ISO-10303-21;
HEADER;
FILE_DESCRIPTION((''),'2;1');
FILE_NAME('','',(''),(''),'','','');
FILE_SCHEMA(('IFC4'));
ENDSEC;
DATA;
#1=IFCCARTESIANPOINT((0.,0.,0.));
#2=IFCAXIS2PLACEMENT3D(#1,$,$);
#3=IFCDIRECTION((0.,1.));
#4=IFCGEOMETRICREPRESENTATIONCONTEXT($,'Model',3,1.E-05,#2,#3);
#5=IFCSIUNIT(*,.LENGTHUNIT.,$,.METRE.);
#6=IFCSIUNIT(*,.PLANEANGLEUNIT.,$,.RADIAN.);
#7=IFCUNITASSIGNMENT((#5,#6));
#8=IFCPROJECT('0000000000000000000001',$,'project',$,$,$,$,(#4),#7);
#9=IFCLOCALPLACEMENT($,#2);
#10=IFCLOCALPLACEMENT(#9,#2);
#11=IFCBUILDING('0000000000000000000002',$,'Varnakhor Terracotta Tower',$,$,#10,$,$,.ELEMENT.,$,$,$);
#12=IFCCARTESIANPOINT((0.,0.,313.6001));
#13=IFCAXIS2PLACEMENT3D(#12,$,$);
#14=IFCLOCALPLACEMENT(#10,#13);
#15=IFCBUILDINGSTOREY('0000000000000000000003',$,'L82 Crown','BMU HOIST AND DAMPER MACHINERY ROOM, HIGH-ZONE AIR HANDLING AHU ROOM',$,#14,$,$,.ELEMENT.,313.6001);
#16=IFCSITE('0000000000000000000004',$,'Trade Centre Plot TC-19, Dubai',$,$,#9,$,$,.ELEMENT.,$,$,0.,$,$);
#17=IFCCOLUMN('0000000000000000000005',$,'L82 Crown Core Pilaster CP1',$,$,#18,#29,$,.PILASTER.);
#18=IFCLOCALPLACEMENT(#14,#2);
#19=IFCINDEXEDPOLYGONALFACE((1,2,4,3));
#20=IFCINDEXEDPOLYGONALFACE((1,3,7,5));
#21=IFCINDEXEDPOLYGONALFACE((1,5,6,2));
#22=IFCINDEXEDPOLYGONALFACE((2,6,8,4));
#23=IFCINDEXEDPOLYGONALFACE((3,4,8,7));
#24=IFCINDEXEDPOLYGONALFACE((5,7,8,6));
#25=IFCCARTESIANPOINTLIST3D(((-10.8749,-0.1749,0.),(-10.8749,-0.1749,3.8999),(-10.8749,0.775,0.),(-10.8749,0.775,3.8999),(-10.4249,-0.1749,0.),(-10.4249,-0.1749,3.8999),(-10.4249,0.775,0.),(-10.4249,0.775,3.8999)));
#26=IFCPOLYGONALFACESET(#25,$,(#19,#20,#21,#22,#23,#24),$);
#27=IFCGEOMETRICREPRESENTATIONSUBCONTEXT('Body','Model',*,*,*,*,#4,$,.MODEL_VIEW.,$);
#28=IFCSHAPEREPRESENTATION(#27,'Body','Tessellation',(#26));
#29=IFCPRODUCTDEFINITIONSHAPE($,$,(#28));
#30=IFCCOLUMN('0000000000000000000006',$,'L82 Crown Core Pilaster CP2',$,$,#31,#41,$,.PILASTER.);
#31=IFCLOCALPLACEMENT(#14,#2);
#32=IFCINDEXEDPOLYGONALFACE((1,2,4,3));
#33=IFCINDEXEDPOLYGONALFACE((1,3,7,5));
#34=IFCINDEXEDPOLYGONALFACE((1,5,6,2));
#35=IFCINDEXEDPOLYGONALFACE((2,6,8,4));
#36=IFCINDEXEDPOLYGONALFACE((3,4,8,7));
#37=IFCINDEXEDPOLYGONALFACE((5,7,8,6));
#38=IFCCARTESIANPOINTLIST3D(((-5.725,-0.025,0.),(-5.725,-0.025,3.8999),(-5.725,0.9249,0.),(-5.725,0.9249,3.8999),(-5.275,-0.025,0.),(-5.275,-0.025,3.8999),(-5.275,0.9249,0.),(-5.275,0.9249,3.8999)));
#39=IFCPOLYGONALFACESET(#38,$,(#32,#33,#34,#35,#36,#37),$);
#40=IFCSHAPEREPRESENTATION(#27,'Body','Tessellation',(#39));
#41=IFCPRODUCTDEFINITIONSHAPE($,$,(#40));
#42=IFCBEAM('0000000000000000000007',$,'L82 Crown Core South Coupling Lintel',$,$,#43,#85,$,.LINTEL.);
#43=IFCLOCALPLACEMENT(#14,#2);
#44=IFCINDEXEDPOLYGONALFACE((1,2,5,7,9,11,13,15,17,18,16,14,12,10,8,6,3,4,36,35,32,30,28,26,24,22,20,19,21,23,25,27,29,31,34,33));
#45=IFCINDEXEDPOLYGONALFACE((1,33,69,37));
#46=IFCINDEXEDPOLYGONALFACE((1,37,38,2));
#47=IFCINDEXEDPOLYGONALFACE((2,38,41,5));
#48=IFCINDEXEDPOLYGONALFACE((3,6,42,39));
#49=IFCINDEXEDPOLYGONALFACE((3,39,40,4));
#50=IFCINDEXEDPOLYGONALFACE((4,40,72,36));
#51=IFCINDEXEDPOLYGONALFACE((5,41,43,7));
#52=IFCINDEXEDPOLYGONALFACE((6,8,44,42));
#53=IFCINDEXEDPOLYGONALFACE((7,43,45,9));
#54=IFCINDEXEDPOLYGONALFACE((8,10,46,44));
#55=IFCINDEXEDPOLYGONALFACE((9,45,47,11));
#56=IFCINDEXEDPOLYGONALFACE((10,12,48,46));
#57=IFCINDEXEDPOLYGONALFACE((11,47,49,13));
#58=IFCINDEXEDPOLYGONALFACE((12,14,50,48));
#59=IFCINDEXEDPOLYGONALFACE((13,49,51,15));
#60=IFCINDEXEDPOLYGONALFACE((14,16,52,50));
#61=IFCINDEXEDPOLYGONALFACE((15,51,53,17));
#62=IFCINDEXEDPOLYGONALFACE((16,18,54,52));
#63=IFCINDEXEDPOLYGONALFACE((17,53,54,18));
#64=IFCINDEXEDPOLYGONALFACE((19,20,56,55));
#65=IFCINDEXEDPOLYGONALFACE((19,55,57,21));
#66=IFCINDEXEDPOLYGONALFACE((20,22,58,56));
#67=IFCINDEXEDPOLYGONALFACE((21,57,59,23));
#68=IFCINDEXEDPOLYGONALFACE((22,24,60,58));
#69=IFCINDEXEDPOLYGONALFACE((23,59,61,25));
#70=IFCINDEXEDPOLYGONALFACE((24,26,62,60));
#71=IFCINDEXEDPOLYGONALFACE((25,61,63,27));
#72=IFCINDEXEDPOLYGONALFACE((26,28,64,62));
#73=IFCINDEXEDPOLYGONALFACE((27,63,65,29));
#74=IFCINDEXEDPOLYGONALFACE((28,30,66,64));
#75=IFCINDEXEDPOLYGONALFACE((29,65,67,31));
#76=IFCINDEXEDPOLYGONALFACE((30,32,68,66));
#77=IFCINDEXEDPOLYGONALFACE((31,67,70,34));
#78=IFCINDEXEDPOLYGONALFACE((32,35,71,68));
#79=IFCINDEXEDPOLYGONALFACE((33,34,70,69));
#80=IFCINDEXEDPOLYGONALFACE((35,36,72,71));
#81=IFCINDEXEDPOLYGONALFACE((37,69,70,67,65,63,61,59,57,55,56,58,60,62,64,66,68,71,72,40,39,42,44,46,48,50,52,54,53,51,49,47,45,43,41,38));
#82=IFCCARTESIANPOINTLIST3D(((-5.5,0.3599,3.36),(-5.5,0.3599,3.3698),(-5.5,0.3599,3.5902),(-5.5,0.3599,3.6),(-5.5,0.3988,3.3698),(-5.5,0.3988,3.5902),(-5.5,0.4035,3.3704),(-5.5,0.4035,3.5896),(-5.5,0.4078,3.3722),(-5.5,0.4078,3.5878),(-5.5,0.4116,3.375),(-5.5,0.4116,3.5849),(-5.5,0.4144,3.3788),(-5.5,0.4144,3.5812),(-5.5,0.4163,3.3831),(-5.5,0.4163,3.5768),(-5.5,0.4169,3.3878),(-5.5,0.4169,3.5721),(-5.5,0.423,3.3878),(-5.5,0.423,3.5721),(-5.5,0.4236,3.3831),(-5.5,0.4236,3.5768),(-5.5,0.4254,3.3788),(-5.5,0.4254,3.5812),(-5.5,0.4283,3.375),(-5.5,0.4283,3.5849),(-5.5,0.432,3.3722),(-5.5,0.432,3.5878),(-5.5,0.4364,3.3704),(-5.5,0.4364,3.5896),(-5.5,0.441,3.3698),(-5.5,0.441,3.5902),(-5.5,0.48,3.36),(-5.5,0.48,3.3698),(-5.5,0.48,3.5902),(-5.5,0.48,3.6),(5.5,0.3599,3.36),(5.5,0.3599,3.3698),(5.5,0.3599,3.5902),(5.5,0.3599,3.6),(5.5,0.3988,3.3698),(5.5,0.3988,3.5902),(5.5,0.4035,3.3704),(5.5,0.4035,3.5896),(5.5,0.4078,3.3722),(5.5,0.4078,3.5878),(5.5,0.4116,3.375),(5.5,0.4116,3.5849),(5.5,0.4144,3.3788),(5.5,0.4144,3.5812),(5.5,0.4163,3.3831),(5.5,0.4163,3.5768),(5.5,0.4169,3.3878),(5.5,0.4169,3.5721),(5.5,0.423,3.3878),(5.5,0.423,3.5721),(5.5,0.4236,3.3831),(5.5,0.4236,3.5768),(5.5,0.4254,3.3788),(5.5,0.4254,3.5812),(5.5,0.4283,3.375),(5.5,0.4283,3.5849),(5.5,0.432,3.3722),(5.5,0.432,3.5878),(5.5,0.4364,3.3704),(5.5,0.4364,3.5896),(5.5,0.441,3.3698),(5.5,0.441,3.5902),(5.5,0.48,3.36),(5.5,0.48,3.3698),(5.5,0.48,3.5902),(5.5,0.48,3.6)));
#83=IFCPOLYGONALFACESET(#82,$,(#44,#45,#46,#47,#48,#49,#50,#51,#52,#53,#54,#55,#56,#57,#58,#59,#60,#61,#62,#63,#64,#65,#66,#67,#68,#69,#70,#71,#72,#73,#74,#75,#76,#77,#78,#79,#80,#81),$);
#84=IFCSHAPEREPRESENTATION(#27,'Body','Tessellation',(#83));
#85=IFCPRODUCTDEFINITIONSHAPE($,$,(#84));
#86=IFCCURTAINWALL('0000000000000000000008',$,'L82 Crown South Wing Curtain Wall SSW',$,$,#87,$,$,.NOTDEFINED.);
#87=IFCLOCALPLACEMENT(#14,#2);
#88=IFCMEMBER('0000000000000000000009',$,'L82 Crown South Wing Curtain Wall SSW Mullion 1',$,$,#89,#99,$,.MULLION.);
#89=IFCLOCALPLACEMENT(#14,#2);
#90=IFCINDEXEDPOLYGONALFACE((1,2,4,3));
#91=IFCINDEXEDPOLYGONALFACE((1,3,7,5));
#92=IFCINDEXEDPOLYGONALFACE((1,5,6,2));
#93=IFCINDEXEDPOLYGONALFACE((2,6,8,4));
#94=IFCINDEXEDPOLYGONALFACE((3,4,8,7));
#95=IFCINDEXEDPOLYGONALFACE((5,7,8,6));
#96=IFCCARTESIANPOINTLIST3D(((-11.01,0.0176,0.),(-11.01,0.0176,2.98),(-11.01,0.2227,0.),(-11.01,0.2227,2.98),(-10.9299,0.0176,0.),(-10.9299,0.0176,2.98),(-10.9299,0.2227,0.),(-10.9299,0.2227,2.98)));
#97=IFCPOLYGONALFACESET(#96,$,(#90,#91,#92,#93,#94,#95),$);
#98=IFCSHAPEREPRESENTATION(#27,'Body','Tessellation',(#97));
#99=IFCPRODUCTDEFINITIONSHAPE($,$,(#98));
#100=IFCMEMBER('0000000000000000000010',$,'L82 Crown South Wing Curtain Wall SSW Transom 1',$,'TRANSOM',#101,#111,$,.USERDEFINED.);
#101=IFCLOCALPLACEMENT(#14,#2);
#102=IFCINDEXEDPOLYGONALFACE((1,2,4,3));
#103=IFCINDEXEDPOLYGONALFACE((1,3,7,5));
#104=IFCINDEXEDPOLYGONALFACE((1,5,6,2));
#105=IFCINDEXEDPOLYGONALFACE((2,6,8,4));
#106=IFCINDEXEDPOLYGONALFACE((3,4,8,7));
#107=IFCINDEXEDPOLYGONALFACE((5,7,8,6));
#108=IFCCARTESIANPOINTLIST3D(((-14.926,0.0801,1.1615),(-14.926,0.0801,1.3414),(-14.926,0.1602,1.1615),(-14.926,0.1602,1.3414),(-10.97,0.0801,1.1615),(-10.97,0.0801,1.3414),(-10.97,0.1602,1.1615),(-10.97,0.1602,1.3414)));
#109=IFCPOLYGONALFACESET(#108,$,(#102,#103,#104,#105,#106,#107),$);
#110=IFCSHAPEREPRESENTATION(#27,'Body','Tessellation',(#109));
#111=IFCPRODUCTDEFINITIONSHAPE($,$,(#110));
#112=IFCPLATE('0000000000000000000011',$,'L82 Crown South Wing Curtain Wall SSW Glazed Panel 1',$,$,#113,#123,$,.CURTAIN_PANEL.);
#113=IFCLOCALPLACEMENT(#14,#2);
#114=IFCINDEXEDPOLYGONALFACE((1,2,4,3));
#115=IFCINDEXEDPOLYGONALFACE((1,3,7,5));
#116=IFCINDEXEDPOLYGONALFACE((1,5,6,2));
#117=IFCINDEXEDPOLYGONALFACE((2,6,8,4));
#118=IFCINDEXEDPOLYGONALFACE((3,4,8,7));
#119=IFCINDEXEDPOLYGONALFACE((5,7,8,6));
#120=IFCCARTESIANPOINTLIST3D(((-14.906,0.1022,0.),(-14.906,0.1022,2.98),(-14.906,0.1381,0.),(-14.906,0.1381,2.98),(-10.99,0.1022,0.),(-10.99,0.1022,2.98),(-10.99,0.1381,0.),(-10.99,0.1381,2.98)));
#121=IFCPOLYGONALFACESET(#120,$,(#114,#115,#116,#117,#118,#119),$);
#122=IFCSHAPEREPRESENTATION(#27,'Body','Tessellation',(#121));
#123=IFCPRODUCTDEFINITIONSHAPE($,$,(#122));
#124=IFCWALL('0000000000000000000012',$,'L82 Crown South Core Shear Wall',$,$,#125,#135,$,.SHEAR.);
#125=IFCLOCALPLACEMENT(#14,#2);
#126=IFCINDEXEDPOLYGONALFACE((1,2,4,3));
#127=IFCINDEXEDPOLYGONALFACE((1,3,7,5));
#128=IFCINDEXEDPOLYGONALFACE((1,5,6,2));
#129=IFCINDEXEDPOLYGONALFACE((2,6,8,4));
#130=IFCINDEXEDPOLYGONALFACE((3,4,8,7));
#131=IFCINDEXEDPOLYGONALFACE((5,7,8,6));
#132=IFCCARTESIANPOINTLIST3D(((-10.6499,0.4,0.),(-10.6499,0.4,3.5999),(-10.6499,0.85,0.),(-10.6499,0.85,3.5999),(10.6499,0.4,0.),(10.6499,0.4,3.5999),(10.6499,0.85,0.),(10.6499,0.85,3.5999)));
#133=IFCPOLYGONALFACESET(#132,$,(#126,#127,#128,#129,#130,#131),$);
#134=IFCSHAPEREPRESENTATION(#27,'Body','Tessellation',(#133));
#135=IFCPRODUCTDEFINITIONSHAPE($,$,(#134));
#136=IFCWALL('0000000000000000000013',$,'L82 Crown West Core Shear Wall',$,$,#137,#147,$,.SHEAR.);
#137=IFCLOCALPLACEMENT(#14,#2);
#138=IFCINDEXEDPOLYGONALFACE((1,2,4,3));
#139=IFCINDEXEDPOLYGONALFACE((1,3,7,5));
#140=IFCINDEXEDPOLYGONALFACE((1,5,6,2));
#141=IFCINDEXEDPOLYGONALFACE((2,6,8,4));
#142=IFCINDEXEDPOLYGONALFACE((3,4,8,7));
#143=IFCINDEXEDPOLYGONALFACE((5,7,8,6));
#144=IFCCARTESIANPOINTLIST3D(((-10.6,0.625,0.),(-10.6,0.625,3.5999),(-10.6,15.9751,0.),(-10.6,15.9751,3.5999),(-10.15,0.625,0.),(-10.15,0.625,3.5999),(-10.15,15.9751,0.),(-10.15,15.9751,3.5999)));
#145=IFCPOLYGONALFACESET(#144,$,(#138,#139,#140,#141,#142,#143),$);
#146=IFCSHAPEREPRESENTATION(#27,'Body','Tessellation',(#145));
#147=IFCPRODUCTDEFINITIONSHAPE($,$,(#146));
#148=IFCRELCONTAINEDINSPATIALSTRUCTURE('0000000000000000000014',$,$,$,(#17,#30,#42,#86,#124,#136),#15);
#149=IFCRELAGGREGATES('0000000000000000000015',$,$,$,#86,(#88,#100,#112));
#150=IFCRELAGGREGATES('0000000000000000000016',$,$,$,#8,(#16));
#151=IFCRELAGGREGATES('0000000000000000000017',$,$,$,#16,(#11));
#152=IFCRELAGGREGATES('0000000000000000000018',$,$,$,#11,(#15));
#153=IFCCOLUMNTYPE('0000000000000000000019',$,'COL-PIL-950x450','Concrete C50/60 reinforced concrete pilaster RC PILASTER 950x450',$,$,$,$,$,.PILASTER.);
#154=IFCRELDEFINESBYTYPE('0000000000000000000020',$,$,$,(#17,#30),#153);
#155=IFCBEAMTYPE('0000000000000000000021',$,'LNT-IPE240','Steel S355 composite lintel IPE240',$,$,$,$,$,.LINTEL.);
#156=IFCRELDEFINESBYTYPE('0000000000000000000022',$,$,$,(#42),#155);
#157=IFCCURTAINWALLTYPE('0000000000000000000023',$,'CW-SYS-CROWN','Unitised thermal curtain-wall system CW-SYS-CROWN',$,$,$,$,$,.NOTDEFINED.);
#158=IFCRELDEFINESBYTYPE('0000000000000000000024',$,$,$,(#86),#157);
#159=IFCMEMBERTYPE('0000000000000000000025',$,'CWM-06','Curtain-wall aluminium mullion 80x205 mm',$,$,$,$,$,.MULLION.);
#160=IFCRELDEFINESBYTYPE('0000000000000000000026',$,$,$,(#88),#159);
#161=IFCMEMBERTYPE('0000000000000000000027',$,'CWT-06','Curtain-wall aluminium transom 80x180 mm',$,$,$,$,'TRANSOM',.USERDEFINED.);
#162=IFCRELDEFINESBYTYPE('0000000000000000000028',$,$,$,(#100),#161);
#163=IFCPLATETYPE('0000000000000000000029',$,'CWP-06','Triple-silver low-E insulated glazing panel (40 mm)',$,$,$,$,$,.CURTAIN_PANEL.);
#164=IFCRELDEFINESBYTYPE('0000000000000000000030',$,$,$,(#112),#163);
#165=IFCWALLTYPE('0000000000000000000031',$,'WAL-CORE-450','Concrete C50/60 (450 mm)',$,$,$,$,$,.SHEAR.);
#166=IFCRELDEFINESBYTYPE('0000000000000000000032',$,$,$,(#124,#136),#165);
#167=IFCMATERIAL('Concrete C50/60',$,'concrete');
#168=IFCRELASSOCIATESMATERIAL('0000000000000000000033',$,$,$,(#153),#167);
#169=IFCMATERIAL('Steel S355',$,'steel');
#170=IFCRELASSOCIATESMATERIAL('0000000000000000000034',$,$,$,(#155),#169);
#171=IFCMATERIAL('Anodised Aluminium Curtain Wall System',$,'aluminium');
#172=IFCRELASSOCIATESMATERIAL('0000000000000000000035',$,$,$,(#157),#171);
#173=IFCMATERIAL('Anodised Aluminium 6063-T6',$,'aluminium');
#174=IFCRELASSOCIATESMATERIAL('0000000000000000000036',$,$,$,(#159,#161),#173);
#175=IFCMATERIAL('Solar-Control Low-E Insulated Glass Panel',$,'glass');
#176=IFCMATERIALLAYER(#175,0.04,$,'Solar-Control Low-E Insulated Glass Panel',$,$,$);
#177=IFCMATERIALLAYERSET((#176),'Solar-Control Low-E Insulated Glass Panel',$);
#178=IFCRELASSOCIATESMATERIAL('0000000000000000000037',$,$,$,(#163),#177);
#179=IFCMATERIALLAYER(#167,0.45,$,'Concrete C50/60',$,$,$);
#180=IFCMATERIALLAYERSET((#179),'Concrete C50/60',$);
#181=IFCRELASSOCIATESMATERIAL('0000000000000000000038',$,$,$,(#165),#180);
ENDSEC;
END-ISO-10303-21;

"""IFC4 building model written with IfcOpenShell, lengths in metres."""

from ifc_helpers import new_model, si_unit, direction, frame, frame_2d, origin, origin_2d, place, context, subcontext, project, spatial, rectangle, i_section, extrude, source, transform, mapped, material, layer, layer_set, material_profile, profile_set, type_object, type_shapes, element, aggregate, save


model = new_model("IFC4")

# Units and contexts
model_context = context("Model", 3, precision=1e-05, world=origin(), true_north=direction((0.0, 1.0)))
body_context = subcontext(model_context, "Body", "Model", "MODEL_VIEW")
ifc_project = project(units=[si_unit("LENGTHUNIT", "METRE"), si_unit("PLANEANGLEUNIT", "RADIAN")], contexts=[model_context])

# Site, building, storey
site_placement = place(None, origin())
site = spatial("IfcSite", under=ifc_project, at=site_placement, Name="Trade Centre Plot TC-19, Dubai", CompositionType="ELEMENT", RefElevation=0.0)
building_placement = place(site_placement, origin())
building = spatial("IfcBuilding", under=site, at=building_placement, Name="Varnakhor Terracotta Tower", CompositionType="ELEMENT")
storey_placement = place(building_placement, frame((0.0, 0.0, 313.6001)))
storey = spatial("IfcBuildingStorey", under=building, at=storey_placement, Name="L82 Crown", Description="BMU HOIST AND DAMPER MACHINERY ROOM, HIGH-ZONE AIR HANDLING AHU ROOM", CompositionType="ELEMENT", Elevation=313.6001)

# Columns
ifc_material_1 = material(Name="Concrete C50/60", Category="concrete")
ifc_material_profile_1 = material_profile(ifc_material_1, rectangle(XDim=0.45, YDim=0.95, at=origin_2d()), Name="RC PILASTER 950x450")
ifc_profile_set_1 = profile_set([ifc_material_profile_1], Name="Concrete C50/60")
column_type = type_object("IfcColumnType", Name="COL-PIL-950x450", Description="Concrete C50/60 reinforced concrete pilaster RC PILASTER 950x450", PredefinedType="PILASTER", material=ifc_profile_set_1)
shared_shape_1 = source(origin(), body_context, "Body", "SweptSolid", [
    extrude(rectangle(XDim=0.45, YDim=0.95, at=origin_2d()), origin(), (0.0, 0.0, 1.0), 3.8999),
])
for number, where, z_axis, x_axis, name in (
    (1, (-10.6499, 0.3, 0.0), (0.0, 0.0, 1.0), (1.0, 0.0, 0.0), "L82 Crown Core Pilaster CP1"),
    (2, (-5.5, 0.45, 0.0), (0.0, 0.0, 1.0), (1.0, 0.0, 0.0), "L82 Crown Core Pilaster CP2"),
):
    element("IfcColumn", number, at=place(storey_placement, frame(where, z_axis=z_axis, x_axis=x_axis)), inside=storey, type_object=column_type, Name=name, PredefinedType="PILASTER", context=body_context, shape_type="MappedRepresentation", body=[
        mapped(shared_shape_1, transform((0.0, 0.0, 0.0), scale=1.0)),
    ])

# Beam
ifc_material_2 = material(Name="Steel S355", Category="steel")
ifc_material_profile_2 = material_profile(ifc_material_2, i_section(OverallWidth=0.1201, OverallDepth=0.24, WebThickness=0.0061, FlangeThickness=0.0098, FilletRadius=0.0181, at=origin_2d()), Name="IPE240")
ifc_profile_set_2 = profile_set([ifc_material_profile_2], Name="Steel S355")
beam_type = type_object("IfcBeamType", Name="LNT-IPE240", Description="Steel S355 composite lintel IPE240", PredefinedType="LINTEL", material=ifc_profile_set_2)
shared_shape_2 = source(origin(), body_context, "Body", "SweptSolid", [
    extrude(i_section(OverallWidth=0.1201, OverallDepth=0.24, WebThickness=0.0061, FlangeThickness=0.0098, FilletRadius=0.0181, at=origin_2d()), origin(), (0.0, 0.0, 1.0), 11.0),
])
type_shapes(beam_type, [shared_shape_2])
beam_placement = place(storey_placement, frame((-5.5, 0.4199, 3.48), z_axis=(1.0, 0.0, 0.0), x_axis=(0.0, 1.0, 0.0)))
element("IfcBeam", 3, at=beam_placement, inside=storey, type_object=beam_type, Name="L82 Crown Core South Coupling Lintel", PredefinedType="LINTEL", context=body_context, shape_type="MappedRepresentation", body=[
    mapped(shared_shape_2, transform((0.0, 0.0, 0.0), scale=1.0)),
])

# Curtain wall, members, plate
ifc_material_3 = material(Name="Anodised Aluminium Curtain Wall System", Category="aluminium")
curtain_wall_type = type_object("IfcCurtainWallType", Name="CW-SYS-CROWN", Description="Unitised thermal curtain-wall system CW-SYS-CROWN", PredefinedType="NOTDEFINED", material=ifc_material_3)
curtain_wall_placement = place(storey_placement, origin())
curtain_wall = element("IfcCurtainWall", 4, at=curtain_wall_placement, inside=storey, type_object=curtain_wall_type, Name="L82 Crown South Wing Curtain Wall SSW", PredefinedType="NOTDEFINED")
ifc_material_4 = material(Name="Anodised Aluminium 6063-T6", Category="aluminium")
ifc_material_profile_3 = material_profile(ifc_material_4, rectangle(XDim=0.0801, YDim=0.2051, at=origin_2d()), Name="ALU MULLION 80x205")
ifc_profile_set_3 = profile_set([ifc_material_profile_3], Name="Anodised Aluminium 6063-T6")
member_type_1 = type_object("IfcMemberType", Name="CWM-06", Description="Curtain-wall aluminium mullion 80x205 mm", PredefinedType="MULLION", material=ifc_profile_set_3)
shared_shape_3 = source(origin(), body_context, "Body", "SweptSolid", [
    extrude(rectangle(XDim=0.0801, YDim=0.2051, at=origin_2d()), origin(), (0.0, 0.0, 1.0), 2.98),
])
type_shapes(member_type_1, [shared_shape_3])
member_1_placement = place(storey_placement, frame((-10.97, 0.1201, 0.0), z_axis=(0.0, 0.0, 1.0), x_axis=(1.0, 0.0, 0.0)))
member_1 = element("IfcMember", 5, at=member_1_placement, type_object=member_type_1, Name="L82 Crown South Wing Curtain Wall SSW Mullion 1", PredefinedType="MULLION", context=body_context, shape_type="MappedRepresentation", body=[
    mapped(shared_shape_3, transform((0.0, 0.0, 0.0), scale=1.0)),
])
ifc_material_profile_4 = material_profile(ifc_material_4, rectangle(XDim=0.0801, YDim=0.1799, at=origin_2d()), Name="ALU TRANSOM 80x180")
ifc_profile_set_4 = profile_set([ifc_material_profile_4], Name="Anodised Aluminium 6063-T6")
member_type_2 = type_object("IfcMemberType", Name="CWT-06", Description="Curtain-wall aluminium transom 80x180 mm", ElementType="TRANSOM", PredefinedType="USERDEFINED", material=ifc_profile_set_4)
shared_shape_4 = source(origin(), body_context, "Body", "SweptSolid", [
    extrude(rectangle(XDim=0.0801, YDim=0.1799, at=origin_2d()), origin(), (0.0, 0.0, 1.0), 3.9561),
])
member_2_placement = place(storey_placement, frame((-10.97, 0.1201, 1.2515), z_axis=(-1.0, 0.0, 0.0), x_axis=(0.0, -1.0, 0.0)))
member_2 = element("IfcMember", 6, at=member_2_placement, type_object=member_type_2, Name="L82 Crown South Wing Curtain Wall SSW Transom 1", ObjectType="TRANSOM", PredefinedType="USERDEFINED", context=body_context, shape_type="MappedRepresentation", body=[
    mapped(shared_shape_4, transform((0.0, 0.0, 0.0), scale=1.0)),
])
ifc_material_5 = material(Name="Solar-Control Low-E Insulated Glass Panel", Category="glass")
ifc_layer_1 = layer(ifc_material_5, 0.04, Name="Solar-Control Low-E Insulated Glass Panel")
ifc_layer_set_1 = layer_set([ifc_layer_1], Name="Solar-Control Low-E Insulated Glass Panel")
plate_type = type_object("IfcPlateType", Name="CWP-06", Description="Triple-silver low-E insulated glazing panel (40 mm)", PredefinedType="CURTAIN_PANEL", material=ifc_layer_set_1)
shared_shape_5 = source(origin(), body_context, "Body", "SweptSolid", [
    extrude(rectangle(XDim=3.916, YDim=0.0359, at=origin_2d()), origin(), (0.0, 0.0, 1.0), 2.98),
])
plate_placement = place(storey_placement, frame((-12.948, 0.1201, 0.0), z_axis=(0.0, 0.0, 1.0), x_axis=(-1.0, 0.0, 0.0)))
plate = element("IfcPlate", 7, at=plate_placement, type_object=plate_type, Name="L82 Crown South Wing Curtain Wall SSW Glazed Panel 1", PredefinedType="CURTAIN_PANEL", context=body_context, shape_type="MappedRepresentation", body=[
    mapped(shared_shape_5, transform((0.0, 0.0, 0.0), scale=1.0)),
])
aggregate(curtain_wall, [member_1, member_2, plate])

# Walls
ifc_layer_2 = layer(ifc_material_1, 0.45, Name="Concrete C50/60")
ifc_layer_set_2 = layer_set([ifc_layer_2], Name="Concrete C50/60")
wall_type_1 = type_object("IfcWallType", Name="WAL-CORE-450", Description="Concrete C50/60 (450 mm)", PredefinedType="SHEAR", material=ifc_layer_set_2)
wall_1_placement = place(storey_placement, frame((-10.6499, 0.625, 0.0), z_axis=(0.0, 0.0, 1.0), x_axis=(1.0, 0.0, 0.0)))
element("IfcWall", 8, at=wall_1_placement, inside=storey, type_object=wall_type_1, Name="L82 Crown South Core Shear Wall", PredefinedType="SHEAR", context=body_context, shape_type="SweptSolid", body=[
    extrude(rectangle(XDim=21.2998, YDim=0.45, at=frame_2d((10.6499, 0.0))), origin(), (0.0, 0.0, 1.0), 3.5999),
])
wall_2_placement = place(storey_placement, frame((-10.375, 0.625, 0.0), z_axis=(0.0, 0.0, 1.0), x_axis=(0.0, 1.0, 0.0)))
element("IfcWall", 9, at=wall_2_placement, inside=storey, type_object=wall_type_1, Name="L82 Crown West Core Shear Wall", PredefinedType="SHEAR", context=body_context, shape_type="SweptSolid", body=[
    extrude(rectangle(XDim=15.3501, YDim=0.45, at=frame_2d((7.675, 0.0))), origin(), (0.0, 0.0, 1.0), 3.5999),
])

save(model, "model.ifc")
